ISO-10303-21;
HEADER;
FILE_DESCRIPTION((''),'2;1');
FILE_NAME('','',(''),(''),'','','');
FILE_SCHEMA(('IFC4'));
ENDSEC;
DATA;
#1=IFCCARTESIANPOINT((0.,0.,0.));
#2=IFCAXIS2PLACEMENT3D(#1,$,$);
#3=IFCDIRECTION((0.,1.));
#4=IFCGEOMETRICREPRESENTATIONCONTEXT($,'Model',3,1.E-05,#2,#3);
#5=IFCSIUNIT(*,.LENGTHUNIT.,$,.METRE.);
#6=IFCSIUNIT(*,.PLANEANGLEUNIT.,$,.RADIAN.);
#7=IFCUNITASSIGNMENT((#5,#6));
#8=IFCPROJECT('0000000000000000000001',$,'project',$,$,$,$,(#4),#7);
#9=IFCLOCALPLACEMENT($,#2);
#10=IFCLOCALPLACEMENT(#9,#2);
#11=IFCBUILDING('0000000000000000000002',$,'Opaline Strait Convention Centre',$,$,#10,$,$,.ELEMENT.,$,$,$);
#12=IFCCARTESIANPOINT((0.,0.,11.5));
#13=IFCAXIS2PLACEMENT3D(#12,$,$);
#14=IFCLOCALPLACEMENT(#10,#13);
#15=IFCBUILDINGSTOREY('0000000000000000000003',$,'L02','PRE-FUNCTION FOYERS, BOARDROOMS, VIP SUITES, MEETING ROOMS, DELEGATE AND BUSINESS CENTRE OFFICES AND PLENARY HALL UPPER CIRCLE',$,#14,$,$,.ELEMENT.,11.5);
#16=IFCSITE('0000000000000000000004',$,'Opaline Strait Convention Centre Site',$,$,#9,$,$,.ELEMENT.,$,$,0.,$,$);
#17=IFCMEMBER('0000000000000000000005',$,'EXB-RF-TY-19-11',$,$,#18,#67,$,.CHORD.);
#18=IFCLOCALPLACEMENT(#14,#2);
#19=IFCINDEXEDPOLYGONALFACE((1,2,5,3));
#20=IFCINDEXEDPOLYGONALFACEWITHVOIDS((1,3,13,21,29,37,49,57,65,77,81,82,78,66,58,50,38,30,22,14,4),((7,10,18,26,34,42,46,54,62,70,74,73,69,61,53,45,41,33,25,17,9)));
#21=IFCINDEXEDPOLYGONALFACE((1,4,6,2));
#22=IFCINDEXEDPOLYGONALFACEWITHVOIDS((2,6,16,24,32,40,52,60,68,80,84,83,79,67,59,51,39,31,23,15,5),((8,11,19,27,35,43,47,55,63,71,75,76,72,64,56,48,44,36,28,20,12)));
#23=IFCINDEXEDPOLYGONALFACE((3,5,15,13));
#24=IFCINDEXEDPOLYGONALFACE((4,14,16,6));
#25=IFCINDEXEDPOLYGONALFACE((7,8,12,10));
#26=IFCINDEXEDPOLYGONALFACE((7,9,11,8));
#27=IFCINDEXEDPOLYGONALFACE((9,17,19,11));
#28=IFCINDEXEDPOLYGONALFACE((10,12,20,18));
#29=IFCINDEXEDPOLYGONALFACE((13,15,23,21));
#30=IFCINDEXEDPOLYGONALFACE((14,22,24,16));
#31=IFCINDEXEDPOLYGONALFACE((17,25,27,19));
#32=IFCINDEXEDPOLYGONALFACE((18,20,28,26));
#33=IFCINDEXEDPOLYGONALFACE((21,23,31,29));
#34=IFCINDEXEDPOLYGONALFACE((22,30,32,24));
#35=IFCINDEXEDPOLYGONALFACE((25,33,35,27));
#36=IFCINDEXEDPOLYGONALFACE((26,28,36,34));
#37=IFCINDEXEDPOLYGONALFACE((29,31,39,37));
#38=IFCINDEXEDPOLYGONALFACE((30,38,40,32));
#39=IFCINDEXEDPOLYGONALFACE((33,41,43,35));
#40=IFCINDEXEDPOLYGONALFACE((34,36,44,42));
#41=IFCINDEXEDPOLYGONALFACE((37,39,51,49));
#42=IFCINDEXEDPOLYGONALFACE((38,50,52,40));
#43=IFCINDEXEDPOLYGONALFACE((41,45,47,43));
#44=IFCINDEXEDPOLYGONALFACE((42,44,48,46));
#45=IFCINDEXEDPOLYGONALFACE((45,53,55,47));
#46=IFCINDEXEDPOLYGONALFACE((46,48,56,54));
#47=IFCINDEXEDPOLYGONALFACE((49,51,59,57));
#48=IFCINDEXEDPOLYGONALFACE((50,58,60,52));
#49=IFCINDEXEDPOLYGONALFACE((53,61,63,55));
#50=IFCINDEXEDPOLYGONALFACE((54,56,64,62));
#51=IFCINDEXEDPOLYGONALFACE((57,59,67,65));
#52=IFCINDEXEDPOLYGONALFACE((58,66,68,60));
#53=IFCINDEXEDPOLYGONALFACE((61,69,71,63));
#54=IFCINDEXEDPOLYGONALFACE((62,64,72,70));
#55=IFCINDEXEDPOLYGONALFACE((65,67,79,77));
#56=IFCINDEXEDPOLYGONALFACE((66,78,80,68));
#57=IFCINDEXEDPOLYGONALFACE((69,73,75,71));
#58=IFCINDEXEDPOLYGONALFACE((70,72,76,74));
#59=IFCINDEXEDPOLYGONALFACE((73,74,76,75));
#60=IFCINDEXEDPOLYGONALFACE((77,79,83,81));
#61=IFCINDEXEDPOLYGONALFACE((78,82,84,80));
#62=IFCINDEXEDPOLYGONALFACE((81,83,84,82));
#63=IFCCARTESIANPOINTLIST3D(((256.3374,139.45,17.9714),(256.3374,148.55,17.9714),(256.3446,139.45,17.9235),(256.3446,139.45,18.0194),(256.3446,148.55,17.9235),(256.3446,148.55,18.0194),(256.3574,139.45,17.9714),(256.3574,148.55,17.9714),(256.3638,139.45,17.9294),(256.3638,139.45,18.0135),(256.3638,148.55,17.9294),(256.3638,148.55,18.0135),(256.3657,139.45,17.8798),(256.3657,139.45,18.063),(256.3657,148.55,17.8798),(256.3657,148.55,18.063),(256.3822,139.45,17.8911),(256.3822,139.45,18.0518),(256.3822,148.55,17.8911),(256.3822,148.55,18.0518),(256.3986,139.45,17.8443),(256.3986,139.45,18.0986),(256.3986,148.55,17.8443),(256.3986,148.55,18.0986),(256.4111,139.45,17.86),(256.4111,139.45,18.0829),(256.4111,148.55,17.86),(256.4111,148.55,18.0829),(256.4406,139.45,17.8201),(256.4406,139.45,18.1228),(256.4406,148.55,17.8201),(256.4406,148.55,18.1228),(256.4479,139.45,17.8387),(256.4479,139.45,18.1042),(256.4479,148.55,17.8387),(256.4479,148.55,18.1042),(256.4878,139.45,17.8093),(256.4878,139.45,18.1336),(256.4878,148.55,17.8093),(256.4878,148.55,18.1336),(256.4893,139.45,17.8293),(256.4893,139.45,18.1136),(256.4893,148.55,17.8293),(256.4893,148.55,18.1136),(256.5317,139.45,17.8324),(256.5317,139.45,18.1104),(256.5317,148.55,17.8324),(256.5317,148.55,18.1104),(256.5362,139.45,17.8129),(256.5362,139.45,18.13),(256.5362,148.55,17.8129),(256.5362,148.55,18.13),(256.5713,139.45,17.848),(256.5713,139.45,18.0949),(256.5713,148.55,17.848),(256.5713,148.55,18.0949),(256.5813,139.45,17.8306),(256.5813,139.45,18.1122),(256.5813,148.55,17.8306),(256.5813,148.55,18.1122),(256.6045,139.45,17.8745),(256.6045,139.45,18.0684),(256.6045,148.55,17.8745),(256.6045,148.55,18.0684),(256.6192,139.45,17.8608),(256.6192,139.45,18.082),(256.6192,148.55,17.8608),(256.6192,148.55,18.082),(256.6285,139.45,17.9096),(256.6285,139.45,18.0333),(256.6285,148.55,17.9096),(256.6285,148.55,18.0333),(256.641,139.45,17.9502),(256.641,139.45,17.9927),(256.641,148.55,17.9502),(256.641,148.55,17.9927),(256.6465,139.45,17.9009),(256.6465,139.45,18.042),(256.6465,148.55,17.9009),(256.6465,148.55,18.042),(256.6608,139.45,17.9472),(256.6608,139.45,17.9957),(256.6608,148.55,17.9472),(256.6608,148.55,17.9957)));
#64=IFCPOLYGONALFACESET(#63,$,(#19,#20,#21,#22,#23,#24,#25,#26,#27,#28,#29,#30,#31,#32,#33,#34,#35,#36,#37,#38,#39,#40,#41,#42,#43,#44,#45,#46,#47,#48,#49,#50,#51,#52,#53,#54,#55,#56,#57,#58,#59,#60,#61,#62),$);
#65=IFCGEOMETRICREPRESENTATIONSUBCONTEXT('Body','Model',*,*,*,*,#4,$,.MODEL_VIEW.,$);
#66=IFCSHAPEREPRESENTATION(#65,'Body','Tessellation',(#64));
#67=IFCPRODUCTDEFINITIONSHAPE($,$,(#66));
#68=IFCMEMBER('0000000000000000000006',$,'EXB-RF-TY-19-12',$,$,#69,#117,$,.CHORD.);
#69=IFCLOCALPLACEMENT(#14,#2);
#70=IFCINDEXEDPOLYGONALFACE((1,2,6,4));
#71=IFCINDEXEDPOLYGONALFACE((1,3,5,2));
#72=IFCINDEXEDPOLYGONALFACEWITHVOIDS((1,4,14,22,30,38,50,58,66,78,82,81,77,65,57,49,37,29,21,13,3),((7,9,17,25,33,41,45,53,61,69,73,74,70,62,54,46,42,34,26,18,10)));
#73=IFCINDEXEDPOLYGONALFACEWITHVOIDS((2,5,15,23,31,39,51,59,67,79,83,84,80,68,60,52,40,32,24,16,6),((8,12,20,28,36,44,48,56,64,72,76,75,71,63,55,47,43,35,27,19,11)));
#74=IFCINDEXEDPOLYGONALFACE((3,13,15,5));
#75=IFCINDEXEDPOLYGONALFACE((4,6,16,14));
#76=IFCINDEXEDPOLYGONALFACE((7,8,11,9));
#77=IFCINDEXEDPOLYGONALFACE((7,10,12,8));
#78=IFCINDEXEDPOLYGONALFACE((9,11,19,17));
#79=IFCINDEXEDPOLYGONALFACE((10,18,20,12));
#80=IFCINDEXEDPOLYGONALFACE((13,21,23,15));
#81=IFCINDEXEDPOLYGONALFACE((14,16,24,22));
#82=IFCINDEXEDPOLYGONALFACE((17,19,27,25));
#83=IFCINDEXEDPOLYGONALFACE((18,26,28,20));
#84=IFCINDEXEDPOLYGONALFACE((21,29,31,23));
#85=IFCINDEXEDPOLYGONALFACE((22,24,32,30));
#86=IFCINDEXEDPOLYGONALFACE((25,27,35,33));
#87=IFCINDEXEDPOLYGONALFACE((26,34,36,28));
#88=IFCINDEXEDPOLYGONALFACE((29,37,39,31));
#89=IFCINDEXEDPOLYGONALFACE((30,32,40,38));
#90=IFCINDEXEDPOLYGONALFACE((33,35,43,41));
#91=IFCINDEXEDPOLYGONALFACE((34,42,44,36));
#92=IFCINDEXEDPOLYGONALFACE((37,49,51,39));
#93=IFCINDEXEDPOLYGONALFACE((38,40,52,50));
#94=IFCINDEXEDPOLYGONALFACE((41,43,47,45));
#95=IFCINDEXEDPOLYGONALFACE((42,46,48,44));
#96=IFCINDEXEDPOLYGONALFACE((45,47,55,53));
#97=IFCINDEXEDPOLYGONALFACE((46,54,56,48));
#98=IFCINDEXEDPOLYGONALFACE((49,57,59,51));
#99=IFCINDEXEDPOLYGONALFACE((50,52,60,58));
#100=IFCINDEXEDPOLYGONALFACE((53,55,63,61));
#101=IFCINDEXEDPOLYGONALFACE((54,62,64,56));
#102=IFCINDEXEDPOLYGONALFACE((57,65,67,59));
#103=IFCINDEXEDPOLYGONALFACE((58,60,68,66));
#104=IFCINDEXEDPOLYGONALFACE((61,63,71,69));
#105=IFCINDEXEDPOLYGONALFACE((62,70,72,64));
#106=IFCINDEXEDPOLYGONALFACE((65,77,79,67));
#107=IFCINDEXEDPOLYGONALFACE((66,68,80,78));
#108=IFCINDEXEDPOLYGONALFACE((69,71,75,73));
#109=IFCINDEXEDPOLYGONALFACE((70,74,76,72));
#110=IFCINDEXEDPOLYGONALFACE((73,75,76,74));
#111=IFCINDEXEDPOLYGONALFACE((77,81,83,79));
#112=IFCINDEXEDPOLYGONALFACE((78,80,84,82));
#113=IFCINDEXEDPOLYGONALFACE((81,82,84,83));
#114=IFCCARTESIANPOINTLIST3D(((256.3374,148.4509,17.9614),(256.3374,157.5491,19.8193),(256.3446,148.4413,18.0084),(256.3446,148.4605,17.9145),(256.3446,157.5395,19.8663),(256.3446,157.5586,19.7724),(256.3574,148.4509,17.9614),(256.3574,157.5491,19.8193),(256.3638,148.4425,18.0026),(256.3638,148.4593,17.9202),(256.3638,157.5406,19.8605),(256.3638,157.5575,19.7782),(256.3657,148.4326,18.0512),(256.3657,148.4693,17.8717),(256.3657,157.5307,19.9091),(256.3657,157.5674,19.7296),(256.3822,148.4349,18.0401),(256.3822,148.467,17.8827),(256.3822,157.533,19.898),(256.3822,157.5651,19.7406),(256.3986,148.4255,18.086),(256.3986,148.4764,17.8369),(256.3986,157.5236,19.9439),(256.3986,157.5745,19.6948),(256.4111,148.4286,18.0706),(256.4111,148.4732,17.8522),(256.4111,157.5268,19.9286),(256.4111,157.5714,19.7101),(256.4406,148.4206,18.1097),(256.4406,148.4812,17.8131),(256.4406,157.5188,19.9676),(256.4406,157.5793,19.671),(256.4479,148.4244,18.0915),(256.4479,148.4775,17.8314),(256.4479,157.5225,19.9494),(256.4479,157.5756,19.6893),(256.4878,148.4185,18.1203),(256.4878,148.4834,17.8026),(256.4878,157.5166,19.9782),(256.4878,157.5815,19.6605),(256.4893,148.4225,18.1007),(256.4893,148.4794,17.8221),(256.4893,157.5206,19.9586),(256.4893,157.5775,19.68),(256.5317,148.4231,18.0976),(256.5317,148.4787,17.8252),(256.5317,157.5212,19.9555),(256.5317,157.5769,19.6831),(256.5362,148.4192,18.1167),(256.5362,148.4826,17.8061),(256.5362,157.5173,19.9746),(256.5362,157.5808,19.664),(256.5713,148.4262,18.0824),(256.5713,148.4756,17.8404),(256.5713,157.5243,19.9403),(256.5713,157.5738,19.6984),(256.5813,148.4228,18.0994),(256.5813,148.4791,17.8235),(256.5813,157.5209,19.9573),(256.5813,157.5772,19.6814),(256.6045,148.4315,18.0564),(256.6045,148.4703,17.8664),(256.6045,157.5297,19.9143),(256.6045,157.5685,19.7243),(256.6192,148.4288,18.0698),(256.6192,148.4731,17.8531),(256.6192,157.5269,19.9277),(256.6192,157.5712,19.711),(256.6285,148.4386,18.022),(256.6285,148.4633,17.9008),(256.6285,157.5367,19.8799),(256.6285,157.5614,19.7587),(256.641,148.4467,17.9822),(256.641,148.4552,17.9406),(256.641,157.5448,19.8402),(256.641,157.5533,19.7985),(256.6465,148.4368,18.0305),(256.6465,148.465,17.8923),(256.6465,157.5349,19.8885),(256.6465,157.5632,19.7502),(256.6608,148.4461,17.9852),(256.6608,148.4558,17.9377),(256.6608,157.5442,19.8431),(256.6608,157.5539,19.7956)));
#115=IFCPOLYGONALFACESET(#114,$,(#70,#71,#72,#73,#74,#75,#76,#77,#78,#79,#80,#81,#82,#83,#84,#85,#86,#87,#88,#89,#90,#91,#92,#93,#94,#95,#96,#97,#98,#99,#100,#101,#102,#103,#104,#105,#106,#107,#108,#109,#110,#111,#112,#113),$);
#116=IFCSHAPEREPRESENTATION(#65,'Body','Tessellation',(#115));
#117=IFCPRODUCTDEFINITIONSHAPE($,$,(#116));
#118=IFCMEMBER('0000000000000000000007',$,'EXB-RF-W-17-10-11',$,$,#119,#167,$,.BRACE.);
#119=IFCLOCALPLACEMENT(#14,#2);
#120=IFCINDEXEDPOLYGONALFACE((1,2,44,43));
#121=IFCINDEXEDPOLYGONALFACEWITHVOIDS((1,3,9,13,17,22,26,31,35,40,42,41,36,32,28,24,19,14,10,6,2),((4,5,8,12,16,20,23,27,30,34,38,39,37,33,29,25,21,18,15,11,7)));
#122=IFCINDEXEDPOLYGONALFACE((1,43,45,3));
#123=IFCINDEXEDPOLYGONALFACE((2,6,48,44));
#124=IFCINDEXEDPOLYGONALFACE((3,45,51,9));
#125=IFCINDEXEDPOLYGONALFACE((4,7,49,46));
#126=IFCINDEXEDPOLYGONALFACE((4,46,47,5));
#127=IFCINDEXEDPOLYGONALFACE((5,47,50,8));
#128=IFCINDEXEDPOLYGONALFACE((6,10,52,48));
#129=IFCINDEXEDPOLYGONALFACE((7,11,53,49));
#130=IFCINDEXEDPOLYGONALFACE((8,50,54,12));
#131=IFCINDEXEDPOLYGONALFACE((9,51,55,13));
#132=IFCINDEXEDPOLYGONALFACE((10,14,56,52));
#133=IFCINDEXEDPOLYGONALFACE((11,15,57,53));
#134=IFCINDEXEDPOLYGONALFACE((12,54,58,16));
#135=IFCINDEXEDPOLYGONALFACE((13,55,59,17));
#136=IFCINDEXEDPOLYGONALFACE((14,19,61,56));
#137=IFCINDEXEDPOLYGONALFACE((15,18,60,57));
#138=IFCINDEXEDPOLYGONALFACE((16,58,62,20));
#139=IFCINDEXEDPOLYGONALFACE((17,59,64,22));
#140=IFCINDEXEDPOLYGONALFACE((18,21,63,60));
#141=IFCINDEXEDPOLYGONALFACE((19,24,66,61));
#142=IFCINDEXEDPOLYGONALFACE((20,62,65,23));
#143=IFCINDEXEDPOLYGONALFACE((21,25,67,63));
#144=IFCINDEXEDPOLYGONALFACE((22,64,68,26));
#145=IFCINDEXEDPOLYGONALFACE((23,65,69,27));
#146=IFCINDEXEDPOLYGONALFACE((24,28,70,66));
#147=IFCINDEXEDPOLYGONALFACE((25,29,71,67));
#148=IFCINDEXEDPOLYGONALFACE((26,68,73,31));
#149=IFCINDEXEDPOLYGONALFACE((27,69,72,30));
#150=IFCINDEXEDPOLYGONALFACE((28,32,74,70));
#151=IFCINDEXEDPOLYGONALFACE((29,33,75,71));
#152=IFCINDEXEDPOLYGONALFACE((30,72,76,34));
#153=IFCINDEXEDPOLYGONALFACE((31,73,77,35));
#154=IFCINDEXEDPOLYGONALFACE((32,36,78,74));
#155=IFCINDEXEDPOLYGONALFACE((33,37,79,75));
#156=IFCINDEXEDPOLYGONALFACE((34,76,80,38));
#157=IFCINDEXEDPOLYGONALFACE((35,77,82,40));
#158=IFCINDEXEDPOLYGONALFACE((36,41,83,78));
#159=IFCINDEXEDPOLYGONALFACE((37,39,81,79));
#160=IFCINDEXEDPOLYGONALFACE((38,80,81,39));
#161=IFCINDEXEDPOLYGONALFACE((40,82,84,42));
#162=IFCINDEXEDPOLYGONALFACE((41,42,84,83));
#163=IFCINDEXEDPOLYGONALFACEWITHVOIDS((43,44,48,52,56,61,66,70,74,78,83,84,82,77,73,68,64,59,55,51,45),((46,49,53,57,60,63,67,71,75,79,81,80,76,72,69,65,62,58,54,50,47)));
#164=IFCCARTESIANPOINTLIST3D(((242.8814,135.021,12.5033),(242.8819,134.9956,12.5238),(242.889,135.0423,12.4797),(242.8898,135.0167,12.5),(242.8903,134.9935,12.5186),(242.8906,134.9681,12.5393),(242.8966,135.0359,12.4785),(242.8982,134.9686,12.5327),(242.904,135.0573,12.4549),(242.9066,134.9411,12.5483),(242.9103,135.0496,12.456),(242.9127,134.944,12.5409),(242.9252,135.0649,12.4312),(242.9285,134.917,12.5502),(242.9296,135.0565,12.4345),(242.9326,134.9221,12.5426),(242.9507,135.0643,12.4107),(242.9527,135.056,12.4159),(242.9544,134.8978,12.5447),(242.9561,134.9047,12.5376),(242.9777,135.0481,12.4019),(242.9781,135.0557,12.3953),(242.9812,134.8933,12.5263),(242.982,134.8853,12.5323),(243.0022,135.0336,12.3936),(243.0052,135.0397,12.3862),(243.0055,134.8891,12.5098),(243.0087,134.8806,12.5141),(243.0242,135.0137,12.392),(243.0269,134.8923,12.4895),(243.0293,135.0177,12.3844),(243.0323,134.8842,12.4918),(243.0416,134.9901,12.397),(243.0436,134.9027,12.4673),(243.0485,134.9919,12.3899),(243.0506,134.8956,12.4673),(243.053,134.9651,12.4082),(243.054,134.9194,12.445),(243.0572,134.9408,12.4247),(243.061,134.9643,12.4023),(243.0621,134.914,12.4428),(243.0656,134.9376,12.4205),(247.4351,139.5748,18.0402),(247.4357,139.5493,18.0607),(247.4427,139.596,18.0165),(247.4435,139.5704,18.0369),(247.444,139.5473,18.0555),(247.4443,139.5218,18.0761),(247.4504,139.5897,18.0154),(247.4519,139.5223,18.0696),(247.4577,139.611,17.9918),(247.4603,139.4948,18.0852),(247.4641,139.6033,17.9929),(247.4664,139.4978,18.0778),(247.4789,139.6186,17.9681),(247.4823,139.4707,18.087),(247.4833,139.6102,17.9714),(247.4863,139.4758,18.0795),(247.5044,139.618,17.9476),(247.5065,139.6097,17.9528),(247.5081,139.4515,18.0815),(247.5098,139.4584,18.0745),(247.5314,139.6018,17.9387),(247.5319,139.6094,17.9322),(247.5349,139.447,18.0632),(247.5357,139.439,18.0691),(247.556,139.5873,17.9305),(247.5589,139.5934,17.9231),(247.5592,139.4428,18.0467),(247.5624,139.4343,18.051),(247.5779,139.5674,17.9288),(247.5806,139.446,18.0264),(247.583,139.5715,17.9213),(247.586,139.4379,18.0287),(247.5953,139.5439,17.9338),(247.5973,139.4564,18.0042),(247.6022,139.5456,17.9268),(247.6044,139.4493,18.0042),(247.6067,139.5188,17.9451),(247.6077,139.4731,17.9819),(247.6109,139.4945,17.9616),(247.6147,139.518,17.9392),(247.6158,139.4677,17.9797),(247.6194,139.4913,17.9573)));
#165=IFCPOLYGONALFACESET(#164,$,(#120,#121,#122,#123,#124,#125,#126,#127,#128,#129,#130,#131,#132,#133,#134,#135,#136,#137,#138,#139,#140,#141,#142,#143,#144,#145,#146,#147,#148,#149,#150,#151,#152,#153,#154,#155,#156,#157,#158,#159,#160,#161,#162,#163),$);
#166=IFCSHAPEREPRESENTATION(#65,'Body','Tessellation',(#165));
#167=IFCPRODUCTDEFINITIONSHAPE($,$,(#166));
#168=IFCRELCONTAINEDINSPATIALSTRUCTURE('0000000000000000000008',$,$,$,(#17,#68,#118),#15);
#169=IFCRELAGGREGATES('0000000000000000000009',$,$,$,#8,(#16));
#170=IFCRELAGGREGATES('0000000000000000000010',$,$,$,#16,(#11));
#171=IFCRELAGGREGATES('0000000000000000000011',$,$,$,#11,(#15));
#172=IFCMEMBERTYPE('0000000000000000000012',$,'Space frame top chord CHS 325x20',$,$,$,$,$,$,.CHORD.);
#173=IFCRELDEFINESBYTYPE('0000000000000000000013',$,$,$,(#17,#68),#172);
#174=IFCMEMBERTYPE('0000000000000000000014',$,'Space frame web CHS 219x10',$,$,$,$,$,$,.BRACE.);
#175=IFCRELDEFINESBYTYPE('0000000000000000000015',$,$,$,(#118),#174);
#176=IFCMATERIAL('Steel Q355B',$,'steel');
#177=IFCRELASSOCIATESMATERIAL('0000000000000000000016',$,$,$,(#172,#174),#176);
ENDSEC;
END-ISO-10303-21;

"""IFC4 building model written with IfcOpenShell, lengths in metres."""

from ifc_helpers import new_model, si_unit, direction, frame, origin, origin_2d, place, context, subcontext, project, spatial, hollow_circle, extrude, material, material_profile, profile_set, type_object, element, save


model = new_model("IFC4")

# Units and contexts
model_context = context("Model", 3, precision=1e-05, world=origin(), true_north=direction((0.0, 1.0)))
body_context = subcontext(model_context, "Body", "Model", "MODEL_VIEW")
ifc_project = project(units=[si_unit("LENGTHUNIT", "METRE"), si_unit("PLANEANGLEUNIT", "RADIAN")], contexts=[model_context])

# Site, building, storey
site_placement = place(None, origin())
site = spatial("IfcSite", under=ifc_project, at=site_placement, Name="Opaline Strait Convention Centre Site", CompositionType="ELEMENT", RefElevation=0.0)
building_placement = place(site_placement, origin())
building = spatial("IfcBuilding", under=site, at=building_placement, Name="Opaline Strait Convention Centre", CompositionType="ELEMENT")
storey_placement = place(building_placement, frame((0.0, 0.0, 11.5)))
storey = spatial("IfcBuildingStorey", under=building, at=storey_placement, Name="L02", Description="PRE-FUNCTION FOYERS, BOARDROOMS, VIP SUITES, MEETING ROOMS, DELEGATE AND BUSINESS CENTRE OFFICES AND PLENARY HALL UPPER CIRCLE", CompositionType="ELEMENT", Elevation=11.5)

# Shared definitions
ifc_material_1 = material(Name="Steel Q355B", Category="steel")

# Members
ifc_material_profile_1 = material_profile(ifc_material_1, hollow_circle(Radius=0.1626, WallThickness=0.02, at=origin_2d()), Name="CHS 325x20")
ifc_profile_set_1 = profile_set([ifc_material_profile_1], Name="Steel Q355B")
member_type_1 = type_object("IfcMemberType", Name="Space frame top chord CHS 325x20", PredefinedType="CHORD", material=ifc_profile_set_1)
member_1_placement = place(storey_placement, frame((256.5, 139.45, 17.9714), z_axis=(0.0, 1.0, 0.0), x_axis=(-1.0, 0.0, 0.0)))
element("IfcMember", 1, at=member_1_placement, inside=storey, type_object=member_type_1, Name="EXB-RF-TY-19-11", PredefinedType="CHORD", context=body_context, shape_type="SweptSolid", body=[
    extrude(hollow_circle(Radius=0.1626, WallThickness=0.02, at=origin_2d()), origin(), (0.0, 0.0, 1.0), 9.1001),
])
member_2_placement = place(storey_placement, frame((256.5, 148.4509, 17.9614), z_axis=(0.0, 0.97978, 0.200078), x_axis=(-1.0, 0.0, 0.0)))
element("IfcMember", 2, at=member_2_placement, inside=storey, type_object=member_type_1, Name="EXB-RF-TY-19-12", PredefinedType="CHORD", context=body_context, shape_type="SweptSolid", body=[
    extrude(hollow_circle(Radius=0.1626, WallThickness=0.02, at=origin_2d()), origin(), (0.0, 0.0, 1.0), 9.2859),
])
ifc_material_profile_2 = material_profile(ifc_material_1, hollow_circle(Radius=0.1096, WallThickness=0.01, at=origin_2d()), Name="CHS 219x10")
ifc_profile_set_2 = profile_set([ifc_material_profile_2], Name="Steel Q355B")
member_type_2 = type_object("IfcMemberType", Name="Space frame web CHS 219x10", PredefinedType="BRACE", material=ifc_profile_set_2)
member_3_placement = place(storey_placement, frame((247.5269, 139.5269, 18.0042), z_axis=(-0.536178, -0.536178, -0.65194), x_axis=(0.707107, -0.707107, 0.0)))
element("IfcMember", 3, at=member_3_placement, inside=storey, type_object=member_type_2, Name="EXB-RF-W-17-10-11", PredefinedType="BRACE", context=body_context, shape_type="SweptSolid", body=[
    extrude(hollow_circle(Radius=0.1096, WallThickness=0.01, at=origin_2d()), origin(), (0.0, 0.0, 1.0), 8.4929),
])

save(model, "model.ifc")
